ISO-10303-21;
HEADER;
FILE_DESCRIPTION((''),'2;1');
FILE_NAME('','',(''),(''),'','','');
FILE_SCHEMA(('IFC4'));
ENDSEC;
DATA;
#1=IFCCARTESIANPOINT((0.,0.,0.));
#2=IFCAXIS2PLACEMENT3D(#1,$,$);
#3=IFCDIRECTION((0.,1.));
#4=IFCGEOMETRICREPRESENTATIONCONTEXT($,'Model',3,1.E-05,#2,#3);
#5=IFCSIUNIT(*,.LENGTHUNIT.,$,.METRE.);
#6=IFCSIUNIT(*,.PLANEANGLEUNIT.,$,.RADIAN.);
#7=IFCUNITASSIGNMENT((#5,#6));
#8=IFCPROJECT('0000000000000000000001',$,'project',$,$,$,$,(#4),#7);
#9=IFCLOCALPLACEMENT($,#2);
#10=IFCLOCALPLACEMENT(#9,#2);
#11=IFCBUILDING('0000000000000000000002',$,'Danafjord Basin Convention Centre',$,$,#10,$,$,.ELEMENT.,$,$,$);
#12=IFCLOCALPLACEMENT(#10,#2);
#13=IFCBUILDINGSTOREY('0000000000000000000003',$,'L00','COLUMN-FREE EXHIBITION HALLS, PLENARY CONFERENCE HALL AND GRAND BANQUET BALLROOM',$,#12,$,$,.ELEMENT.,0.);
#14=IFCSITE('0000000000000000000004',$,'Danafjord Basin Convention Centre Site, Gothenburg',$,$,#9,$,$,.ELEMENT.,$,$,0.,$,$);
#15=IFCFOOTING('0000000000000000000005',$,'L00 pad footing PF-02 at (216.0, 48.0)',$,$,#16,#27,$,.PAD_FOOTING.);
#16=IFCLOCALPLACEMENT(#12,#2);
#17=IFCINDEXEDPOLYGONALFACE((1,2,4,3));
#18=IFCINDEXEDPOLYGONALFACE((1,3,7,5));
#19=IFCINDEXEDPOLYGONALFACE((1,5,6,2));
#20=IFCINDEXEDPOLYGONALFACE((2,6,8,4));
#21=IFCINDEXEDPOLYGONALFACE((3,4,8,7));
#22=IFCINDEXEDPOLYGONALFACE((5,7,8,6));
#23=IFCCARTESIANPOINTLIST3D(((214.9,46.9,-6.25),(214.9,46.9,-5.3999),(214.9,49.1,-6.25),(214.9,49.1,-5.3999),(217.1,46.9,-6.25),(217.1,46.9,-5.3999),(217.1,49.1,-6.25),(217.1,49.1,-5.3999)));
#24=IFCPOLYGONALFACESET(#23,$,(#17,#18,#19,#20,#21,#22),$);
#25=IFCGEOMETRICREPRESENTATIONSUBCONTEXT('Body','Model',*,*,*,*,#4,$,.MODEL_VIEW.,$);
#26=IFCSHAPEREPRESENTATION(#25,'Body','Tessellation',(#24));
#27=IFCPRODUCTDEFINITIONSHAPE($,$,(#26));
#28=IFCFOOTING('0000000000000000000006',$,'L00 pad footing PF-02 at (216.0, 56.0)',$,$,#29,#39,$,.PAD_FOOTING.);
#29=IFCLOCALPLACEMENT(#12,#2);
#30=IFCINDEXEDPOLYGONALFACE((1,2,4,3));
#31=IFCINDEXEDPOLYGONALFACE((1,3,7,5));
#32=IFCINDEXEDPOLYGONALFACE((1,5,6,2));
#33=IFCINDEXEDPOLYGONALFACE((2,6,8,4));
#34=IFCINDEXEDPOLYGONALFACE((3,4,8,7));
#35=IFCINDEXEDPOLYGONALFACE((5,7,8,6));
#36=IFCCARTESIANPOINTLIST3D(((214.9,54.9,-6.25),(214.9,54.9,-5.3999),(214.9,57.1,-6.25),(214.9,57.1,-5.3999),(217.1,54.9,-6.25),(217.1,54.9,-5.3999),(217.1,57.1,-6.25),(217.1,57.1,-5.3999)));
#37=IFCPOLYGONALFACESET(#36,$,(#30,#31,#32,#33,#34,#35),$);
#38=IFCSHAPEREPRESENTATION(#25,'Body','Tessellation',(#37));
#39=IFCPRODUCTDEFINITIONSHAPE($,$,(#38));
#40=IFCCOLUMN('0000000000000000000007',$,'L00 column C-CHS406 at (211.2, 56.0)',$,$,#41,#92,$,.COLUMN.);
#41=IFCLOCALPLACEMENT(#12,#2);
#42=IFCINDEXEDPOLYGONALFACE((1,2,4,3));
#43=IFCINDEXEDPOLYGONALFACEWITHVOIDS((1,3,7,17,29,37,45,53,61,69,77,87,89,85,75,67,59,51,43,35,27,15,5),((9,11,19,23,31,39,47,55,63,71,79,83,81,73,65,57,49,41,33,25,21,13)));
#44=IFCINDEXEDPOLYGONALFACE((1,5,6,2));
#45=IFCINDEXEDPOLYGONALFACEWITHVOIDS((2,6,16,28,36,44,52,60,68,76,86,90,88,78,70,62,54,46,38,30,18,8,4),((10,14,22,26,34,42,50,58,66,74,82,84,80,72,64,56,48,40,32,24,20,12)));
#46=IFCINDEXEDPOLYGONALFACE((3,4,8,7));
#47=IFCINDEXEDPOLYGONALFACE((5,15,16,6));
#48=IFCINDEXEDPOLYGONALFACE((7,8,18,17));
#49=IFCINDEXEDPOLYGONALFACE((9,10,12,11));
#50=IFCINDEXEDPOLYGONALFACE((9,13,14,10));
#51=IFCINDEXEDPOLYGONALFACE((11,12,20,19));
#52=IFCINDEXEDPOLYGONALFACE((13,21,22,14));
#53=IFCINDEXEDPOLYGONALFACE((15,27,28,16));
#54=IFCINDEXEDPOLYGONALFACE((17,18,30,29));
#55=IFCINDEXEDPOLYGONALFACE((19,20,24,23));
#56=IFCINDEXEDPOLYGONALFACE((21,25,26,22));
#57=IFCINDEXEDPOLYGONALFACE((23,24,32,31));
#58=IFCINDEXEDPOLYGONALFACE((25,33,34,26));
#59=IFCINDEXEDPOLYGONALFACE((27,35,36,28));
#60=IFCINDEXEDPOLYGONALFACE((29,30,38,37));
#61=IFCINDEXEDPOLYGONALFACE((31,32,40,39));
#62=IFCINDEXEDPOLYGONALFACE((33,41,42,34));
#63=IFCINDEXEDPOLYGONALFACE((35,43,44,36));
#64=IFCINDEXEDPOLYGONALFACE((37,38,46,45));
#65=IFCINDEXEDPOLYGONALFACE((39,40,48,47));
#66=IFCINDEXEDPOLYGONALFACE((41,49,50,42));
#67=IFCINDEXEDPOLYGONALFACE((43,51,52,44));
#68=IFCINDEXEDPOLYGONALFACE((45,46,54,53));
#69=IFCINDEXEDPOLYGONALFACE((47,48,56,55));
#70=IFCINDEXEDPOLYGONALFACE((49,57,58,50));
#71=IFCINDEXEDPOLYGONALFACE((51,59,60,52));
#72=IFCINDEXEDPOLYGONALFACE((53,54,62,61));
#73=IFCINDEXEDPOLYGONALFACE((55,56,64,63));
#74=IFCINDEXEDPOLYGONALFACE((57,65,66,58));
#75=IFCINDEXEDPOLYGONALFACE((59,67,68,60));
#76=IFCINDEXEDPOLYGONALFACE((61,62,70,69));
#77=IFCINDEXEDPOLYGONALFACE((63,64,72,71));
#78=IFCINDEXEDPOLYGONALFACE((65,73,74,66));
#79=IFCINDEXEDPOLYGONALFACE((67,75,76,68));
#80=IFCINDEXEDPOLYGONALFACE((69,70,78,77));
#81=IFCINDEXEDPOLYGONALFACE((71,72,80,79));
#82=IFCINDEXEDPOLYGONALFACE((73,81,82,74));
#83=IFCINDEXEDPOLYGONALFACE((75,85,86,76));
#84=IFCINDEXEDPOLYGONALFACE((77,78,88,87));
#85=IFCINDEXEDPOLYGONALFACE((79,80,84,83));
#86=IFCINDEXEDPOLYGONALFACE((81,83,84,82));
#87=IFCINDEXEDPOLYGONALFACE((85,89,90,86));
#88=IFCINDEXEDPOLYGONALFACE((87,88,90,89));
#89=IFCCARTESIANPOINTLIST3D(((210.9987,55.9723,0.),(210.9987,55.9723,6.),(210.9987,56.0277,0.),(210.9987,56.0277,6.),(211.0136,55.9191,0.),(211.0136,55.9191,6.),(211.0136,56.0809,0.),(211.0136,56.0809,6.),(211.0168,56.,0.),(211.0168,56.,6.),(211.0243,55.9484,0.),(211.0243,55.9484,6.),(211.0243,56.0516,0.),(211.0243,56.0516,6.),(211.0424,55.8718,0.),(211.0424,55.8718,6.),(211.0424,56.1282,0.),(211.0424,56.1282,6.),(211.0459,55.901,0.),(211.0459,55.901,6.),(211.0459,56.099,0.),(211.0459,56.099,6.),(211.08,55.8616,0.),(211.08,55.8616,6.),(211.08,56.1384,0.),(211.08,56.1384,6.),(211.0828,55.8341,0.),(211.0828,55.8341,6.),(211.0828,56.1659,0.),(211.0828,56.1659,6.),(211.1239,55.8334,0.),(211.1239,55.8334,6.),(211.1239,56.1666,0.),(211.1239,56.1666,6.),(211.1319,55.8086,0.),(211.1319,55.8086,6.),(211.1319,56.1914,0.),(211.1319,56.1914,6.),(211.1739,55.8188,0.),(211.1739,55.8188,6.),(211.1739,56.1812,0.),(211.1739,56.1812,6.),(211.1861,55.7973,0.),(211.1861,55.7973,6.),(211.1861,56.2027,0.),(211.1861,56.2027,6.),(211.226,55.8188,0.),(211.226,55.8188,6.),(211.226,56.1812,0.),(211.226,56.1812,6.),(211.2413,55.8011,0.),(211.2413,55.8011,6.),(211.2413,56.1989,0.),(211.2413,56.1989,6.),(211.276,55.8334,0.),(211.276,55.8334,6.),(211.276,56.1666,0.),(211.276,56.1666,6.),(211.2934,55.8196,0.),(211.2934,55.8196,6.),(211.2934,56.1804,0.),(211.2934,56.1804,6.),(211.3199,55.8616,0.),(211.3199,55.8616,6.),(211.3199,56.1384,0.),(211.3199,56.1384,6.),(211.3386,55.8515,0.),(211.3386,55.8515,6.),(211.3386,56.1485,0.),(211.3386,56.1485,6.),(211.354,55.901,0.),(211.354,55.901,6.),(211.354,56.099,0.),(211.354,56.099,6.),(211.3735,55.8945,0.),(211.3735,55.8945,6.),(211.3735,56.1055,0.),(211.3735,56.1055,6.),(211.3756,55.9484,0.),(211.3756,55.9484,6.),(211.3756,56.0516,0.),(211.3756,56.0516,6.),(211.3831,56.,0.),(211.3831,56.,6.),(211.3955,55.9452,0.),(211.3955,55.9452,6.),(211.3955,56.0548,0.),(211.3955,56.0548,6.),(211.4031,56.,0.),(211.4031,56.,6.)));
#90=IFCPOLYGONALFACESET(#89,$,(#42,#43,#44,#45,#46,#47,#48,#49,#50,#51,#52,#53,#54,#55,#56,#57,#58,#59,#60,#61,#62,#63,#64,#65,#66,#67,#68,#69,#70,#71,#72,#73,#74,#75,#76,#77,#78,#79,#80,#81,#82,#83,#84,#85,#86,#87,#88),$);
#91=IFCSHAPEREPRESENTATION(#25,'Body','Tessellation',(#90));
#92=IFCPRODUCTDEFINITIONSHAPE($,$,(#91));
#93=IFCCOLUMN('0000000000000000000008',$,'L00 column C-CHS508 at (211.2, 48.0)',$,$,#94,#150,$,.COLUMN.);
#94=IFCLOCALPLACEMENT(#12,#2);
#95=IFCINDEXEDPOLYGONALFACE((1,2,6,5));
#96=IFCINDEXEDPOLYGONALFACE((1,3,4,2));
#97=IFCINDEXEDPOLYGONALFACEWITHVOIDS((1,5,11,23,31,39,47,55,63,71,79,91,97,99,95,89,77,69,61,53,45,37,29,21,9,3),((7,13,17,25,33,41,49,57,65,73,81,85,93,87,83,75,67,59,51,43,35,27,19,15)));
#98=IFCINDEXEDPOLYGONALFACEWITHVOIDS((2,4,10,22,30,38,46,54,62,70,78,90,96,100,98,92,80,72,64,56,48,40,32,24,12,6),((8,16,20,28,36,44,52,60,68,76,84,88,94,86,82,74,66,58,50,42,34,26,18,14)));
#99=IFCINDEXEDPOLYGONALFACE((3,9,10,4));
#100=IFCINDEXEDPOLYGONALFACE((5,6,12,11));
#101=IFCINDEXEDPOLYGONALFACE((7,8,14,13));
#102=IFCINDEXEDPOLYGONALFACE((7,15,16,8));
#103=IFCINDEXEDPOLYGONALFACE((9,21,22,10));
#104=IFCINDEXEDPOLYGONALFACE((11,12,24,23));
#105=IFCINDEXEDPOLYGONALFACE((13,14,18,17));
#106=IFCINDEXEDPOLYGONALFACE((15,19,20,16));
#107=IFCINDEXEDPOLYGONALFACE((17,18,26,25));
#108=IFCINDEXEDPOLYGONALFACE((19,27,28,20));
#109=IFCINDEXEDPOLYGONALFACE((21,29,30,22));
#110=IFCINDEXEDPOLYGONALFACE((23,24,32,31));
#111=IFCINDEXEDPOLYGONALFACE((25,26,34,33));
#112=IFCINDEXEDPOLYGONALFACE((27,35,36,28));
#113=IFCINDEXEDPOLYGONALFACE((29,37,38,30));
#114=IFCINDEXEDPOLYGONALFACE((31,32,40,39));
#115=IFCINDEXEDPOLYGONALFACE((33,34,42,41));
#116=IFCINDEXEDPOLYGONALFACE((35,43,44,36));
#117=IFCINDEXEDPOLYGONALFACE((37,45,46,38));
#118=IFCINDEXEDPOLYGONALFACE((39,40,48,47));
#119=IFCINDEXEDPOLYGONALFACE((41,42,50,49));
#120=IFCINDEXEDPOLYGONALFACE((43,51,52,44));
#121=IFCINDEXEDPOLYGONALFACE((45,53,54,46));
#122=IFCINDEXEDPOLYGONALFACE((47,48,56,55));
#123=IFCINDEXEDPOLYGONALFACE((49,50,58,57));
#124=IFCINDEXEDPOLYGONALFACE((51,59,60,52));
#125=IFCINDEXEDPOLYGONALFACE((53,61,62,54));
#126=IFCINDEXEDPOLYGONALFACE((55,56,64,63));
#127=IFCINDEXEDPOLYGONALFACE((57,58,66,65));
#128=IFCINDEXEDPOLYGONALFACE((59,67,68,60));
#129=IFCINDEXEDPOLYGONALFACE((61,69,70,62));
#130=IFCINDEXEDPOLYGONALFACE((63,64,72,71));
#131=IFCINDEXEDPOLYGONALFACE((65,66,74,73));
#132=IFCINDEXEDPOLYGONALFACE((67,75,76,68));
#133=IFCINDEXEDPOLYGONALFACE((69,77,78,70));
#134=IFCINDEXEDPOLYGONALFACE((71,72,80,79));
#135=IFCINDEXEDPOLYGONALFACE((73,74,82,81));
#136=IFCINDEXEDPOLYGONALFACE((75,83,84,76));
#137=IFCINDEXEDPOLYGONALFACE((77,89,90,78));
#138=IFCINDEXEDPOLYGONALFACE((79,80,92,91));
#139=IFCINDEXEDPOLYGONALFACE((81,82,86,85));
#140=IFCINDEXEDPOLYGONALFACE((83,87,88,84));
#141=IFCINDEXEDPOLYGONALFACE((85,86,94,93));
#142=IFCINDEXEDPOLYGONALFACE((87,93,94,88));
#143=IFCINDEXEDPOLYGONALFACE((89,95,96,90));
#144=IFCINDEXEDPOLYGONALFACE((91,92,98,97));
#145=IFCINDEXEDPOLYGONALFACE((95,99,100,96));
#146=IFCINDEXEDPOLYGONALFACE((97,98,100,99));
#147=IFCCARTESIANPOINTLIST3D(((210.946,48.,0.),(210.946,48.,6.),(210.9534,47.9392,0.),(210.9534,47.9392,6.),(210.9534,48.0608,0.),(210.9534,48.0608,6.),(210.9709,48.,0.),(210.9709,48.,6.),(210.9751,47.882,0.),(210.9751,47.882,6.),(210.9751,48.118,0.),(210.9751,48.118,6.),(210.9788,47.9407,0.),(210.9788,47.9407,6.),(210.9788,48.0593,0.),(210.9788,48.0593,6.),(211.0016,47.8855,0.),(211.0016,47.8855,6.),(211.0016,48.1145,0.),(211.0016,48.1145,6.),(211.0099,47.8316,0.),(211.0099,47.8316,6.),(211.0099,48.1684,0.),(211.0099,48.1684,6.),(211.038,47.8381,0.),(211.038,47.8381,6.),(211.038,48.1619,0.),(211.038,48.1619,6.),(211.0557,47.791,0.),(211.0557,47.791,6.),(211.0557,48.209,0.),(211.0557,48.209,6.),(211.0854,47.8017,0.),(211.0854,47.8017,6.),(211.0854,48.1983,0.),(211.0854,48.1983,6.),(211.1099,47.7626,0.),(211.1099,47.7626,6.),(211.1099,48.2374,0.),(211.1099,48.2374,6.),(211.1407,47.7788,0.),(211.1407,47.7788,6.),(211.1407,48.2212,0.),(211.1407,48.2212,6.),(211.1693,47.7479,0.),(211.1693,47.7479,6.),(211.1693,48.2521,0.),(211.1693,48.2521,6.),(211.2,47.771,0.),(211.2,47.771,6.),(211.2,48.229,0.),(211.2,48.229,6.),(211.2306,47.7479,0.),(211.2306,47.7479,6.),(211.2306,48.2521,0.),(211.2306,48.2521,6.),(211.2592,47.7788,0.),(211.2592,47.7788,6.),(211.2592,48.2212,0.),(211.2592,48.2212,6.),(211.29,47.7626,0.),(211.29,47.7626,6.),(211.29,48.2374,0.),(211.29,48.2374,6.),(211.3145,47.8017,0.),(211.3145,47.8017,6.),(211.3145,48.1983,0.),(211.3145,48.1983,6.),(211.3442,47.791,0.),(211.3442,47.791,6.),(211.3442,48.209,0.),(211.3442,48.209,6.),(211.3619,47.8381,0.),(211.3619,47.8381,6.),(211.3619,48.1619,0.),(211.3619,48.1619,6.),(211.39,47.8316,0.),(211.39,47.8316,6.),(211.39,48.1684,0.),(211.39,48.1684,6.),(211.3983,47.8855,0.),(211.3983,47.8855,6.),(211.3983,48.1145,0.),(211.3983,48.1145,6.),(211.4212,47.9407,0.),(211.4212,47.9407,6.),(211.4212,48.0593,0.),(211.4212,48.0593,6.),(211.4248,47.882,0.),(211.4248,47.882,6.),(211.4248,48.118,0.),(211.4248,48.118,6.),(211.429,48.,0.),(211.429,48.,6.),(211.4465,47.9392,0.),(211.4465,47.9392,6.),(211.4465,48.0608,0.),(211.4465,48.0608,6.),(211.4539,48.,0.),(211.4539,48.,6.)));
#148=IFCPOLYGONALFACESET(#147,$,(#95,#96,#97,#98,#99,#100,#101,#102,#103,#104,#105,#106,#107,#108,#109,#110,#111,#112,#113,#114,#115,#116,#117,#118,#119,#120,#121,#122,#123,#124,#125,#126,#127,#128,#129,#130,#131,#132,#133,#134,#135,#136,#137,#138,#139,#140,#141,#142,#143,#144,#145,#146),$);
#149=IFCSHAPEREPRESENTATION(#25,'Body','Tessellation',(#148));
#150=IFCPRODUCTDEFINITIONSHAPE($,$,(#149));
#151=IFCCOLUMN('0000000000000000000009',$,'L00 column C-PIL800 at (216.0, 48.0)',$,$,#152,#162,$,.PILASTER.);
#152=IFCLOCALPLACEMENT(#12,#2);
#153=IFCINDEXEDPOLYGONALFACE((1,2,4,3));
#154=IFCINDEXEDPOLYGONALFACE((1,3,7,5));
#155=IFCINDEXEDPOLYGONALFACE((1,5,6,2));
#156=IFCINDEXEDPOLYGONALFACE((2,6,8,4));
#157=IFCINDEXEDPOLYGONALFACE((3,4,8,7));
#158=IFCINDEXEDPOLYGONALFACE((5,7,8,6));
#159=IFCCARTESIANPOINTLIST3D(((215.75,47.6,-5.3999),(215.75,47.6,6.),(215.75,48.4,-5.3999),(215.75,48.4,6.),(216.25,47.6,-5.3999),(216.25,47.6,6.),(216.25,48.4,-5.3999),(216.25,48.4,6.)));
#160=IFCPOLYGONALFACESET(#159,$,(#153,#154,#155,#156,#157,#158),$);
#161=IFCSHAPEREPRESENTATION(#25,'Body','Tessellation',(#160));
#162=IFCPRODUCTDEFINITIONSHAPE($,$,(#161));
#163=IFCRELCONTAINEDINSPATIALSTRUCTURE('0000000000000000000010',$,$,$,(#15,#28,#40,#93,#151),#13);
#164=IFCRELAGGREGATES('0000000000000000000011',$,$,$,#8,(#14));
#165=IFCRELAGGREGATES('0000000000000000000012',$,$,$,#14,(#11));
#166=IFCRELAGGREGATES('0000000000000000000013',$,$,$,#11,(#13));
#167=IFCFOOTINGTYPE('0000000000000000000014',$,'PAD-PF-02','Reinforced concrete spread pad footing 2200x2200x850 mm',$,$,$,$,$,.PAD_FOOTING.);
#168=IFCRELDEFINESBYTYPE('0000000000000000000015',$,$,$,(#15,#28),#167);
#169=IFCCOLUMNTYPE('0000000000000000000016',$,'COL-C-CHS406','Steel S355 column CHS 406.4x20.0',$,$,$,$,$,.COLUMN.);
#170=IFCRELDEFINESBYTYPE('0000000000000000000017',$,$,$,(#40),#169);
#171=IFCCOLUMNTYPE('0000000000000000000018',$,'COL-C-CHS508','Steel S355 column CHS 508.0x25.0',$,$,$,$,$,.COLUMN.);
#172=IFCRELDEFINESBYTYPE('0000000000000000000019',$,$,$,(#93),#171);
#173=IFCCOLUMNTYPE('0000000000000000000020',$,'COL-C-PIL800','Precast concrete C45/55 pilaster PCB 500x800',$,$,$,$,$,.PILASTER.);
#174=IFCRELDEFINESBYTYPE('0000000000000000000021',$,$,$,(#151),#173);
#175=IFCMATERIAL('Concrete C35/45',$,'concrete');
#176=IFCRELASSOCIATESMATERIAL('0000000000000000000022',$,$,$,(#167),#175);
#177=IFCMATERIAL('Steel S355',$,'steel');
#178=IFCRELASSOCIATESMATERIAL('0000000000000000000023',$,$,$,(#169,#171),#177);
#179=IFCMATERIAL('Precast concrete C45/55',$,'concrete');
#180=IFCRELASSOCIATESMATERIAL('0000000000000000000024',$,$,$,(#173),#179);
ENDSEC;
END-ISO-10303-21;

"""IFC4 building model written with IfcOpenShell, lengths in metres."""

from ifc_helpers import new_model, si_unit, direction, frame, origin, origin_2d, place, context, subcontext, project, spatial, rectangle, hollow_circle, extrude, material, material_profile, profile_set, type_object, element, save


model = new_model("IFC4")

# Units and contexts
model_context = context("Model", 3, precision=1e-05, world=origin(), true_north=direction((0.0, 1.0)))
body_context = subcontext(model_context, "Body", "Model", "MODEL_VIEW")
ifc_project = project(units=[si_unit("LENGTHUNIT", "METRE"), si_unit("PLANEANGLEUNIT", "RADIAN")], contexts=[model_context])

# Site, building, storey
site_placement = place(None, origin())
site = spatial("IfcSite", under=ifc_project, at=site_placement, Name="Danafjord Basin Convention Centre Site, Gothenburg", CompositionType="ELEMENT", RefElevation=0.0)
building_placement = place(site_placement, origin())
building = spatial("IfcBuilding", under=site, at=building_placement, Name="Danafjord Basin Convention Centre", CompositionType="ELEMENT")
storey_placement = place(building_placement, origin())
storey = spatial("IfcBuildingStorey", under=building, at=storey_placement, Name="L00", Description="COLUMN-FREE EXHIBITION HALLS, PLENARY CONFERENCE HALL AND GRAND BANQUET BALLROOM", CompositionType="ELEMENT", Elevation=0.0)

# Footings
ifc_material_1 = material(Name="Concrete C35/45", Category="concrete")
footing_type = type_object("IfcFootingType", Name="PAD-PF-02", Description="Reinforced concrete spread pad footing 2200x2200x850 mm", PredefinedType="PAD_FOOTING", material=ifc_material_1)
for number, where, z_axis, x_axis, name in (
    (1, (216.0, 48.0, -6.25), (0.0, 0.0, 1.0), (1.0, 0.0, 0.0), "L00 pad footing PF-02 at (216.0, 48.0)"),
    (2, (216.0, 56.0, -6.25), (0.0, 0.0, 1.0), (1.0, 0.0, 0.0), "L00 pad footing PF-02 at (216.0, 56.0)"),
):
    element("IfcFooting", number, at=place(storey_placement, frame(where, z_axis=z_axis, x_axis=x_axis)), inside=storey, type_object=footing_type, Name=name, PredefinedType="PAD_FOOTING", context=body_context, shape_type="SweptSolid", body=[
        extrude(rectangle(XDim=2.2, YDim=2.2, at=origin_2d()), origin(), (0.0, 0.0, 1.0), 0.8501),
    ])

# Columns
ifc_material_2 = material(Name="Steel S355", Category="steel")
ifc_material_profile_1 = material_profile(ifc_material_2, hollow_circle(Radius=0.2031, WallThickness=0.02, at=origin_2d()), Name="CHS 406.4x20.0")
ifc_profile_set_1 = profile_set([ifc_material_profile_1], Name="Steel S355")
column_type_1 = type_object("IfcColumnType", Name="COL-C-CHS406", Description="Steel S355 column CHS 406.4x20.0", PredefinedType="COLUMN", material=ifc_profile_set_1)
column_1_placement = place(storey_placement, frame((211.2, 56.0, 0.0), z_axis=(0.0, 0.0, 1.0), x_axis=(1.0, 0.0, 0.0)))
element("IfcColumn", 3, at=column_1_placement, inside=storey, type_object=column_type_1, Name="L00 column C-CHS406 at (211.2, 56.0)", PredefinedType="COLUMN", context=body_context, shape_type="SweptSolid", body=[
    extrude(hollow_circle(Radius=0.2031, WallThickness=0.02, at=origin_2d()), origin(), (0.0, 0.0, 1.0), 6.0),
])
ifc_material_profile_2 = material_profile(ifc_material_2, hollow_circle(Radius=0.2539, WallThickness=0.0249, at=origin_2d()), Name="CHS 508.0x25.0")
ifc_profile_set_2 = profile_set([ifc_material_profile_2], Name="Steel S355")
column_type_2 = type_object("IfcColumnType", Name="COL-C-CHS508", Description="Steel S355 column CHS 508.0x25.0", PredefinedType="COLUMN", material=ifc_profile_set_2)
column_2_placement = place(storey_placement, frame((211.2, 48.0, 0.0), z_axis=(0.0, 0.0, 1.0), x_axis=(1.0, 0.0, 0.0)))
element("IfcColumn", 4, at=column_2_placement, inside=storey, type_object=column_type_2, Name="L00 column C-CHS508 at (211.2, 48.0)", PredefinedType="COLUMN", context=body_context, shape_type="SweptSolid", body=[
    extrude(hollow_circle(Radius=0.2539, WallThickness=0.0249, at=origin_2d()), origin(), (0.0, 0.0, 1.0), 6.0),
])
ifc_material_3 = material(Name="Precast concrete C45/55", Category="concrete")
ifc_material_profile_3 = material_profile(ifc_material_3, rectangle(XDim=0.5, YDim=0.8, at=origin_2d()), Name="PCB 500x800")
ifc_profile_set_3 = profile_set([ifc_material_profile_3], Name="Precast concrete C45/55")
column_type_3 = type_object("IfcColumnType", Name="COL-C-PIL800", Description="Precast concrete C45/55 pilaster PCB 500x800", PredefinedType="PILASTER", material=ifc_profile_set_3)
column_3_placement = place(storey_placement, frame((216.0, 48.0, -5.3999), z_axis=(0.0, 0.0, 1.0), x_axis=(1.0, 0.0, 0.0)))
element("IfcColumn", 5, at=column_3_placement, inside=storey, type_object=column_type_3, Name="L00 column C-PIL800 at (216.0, 48.0)", PredefinedType="PILASTER", context=body_context, shape_type="SweptSolid", body=[
    extrude(rectangle(XDim=0.5, YDim=0.8, at=origin_2d()), origin(), (0.0, 0.0, 1.0), 11.3999),
])

save(model, "model.ifc")
